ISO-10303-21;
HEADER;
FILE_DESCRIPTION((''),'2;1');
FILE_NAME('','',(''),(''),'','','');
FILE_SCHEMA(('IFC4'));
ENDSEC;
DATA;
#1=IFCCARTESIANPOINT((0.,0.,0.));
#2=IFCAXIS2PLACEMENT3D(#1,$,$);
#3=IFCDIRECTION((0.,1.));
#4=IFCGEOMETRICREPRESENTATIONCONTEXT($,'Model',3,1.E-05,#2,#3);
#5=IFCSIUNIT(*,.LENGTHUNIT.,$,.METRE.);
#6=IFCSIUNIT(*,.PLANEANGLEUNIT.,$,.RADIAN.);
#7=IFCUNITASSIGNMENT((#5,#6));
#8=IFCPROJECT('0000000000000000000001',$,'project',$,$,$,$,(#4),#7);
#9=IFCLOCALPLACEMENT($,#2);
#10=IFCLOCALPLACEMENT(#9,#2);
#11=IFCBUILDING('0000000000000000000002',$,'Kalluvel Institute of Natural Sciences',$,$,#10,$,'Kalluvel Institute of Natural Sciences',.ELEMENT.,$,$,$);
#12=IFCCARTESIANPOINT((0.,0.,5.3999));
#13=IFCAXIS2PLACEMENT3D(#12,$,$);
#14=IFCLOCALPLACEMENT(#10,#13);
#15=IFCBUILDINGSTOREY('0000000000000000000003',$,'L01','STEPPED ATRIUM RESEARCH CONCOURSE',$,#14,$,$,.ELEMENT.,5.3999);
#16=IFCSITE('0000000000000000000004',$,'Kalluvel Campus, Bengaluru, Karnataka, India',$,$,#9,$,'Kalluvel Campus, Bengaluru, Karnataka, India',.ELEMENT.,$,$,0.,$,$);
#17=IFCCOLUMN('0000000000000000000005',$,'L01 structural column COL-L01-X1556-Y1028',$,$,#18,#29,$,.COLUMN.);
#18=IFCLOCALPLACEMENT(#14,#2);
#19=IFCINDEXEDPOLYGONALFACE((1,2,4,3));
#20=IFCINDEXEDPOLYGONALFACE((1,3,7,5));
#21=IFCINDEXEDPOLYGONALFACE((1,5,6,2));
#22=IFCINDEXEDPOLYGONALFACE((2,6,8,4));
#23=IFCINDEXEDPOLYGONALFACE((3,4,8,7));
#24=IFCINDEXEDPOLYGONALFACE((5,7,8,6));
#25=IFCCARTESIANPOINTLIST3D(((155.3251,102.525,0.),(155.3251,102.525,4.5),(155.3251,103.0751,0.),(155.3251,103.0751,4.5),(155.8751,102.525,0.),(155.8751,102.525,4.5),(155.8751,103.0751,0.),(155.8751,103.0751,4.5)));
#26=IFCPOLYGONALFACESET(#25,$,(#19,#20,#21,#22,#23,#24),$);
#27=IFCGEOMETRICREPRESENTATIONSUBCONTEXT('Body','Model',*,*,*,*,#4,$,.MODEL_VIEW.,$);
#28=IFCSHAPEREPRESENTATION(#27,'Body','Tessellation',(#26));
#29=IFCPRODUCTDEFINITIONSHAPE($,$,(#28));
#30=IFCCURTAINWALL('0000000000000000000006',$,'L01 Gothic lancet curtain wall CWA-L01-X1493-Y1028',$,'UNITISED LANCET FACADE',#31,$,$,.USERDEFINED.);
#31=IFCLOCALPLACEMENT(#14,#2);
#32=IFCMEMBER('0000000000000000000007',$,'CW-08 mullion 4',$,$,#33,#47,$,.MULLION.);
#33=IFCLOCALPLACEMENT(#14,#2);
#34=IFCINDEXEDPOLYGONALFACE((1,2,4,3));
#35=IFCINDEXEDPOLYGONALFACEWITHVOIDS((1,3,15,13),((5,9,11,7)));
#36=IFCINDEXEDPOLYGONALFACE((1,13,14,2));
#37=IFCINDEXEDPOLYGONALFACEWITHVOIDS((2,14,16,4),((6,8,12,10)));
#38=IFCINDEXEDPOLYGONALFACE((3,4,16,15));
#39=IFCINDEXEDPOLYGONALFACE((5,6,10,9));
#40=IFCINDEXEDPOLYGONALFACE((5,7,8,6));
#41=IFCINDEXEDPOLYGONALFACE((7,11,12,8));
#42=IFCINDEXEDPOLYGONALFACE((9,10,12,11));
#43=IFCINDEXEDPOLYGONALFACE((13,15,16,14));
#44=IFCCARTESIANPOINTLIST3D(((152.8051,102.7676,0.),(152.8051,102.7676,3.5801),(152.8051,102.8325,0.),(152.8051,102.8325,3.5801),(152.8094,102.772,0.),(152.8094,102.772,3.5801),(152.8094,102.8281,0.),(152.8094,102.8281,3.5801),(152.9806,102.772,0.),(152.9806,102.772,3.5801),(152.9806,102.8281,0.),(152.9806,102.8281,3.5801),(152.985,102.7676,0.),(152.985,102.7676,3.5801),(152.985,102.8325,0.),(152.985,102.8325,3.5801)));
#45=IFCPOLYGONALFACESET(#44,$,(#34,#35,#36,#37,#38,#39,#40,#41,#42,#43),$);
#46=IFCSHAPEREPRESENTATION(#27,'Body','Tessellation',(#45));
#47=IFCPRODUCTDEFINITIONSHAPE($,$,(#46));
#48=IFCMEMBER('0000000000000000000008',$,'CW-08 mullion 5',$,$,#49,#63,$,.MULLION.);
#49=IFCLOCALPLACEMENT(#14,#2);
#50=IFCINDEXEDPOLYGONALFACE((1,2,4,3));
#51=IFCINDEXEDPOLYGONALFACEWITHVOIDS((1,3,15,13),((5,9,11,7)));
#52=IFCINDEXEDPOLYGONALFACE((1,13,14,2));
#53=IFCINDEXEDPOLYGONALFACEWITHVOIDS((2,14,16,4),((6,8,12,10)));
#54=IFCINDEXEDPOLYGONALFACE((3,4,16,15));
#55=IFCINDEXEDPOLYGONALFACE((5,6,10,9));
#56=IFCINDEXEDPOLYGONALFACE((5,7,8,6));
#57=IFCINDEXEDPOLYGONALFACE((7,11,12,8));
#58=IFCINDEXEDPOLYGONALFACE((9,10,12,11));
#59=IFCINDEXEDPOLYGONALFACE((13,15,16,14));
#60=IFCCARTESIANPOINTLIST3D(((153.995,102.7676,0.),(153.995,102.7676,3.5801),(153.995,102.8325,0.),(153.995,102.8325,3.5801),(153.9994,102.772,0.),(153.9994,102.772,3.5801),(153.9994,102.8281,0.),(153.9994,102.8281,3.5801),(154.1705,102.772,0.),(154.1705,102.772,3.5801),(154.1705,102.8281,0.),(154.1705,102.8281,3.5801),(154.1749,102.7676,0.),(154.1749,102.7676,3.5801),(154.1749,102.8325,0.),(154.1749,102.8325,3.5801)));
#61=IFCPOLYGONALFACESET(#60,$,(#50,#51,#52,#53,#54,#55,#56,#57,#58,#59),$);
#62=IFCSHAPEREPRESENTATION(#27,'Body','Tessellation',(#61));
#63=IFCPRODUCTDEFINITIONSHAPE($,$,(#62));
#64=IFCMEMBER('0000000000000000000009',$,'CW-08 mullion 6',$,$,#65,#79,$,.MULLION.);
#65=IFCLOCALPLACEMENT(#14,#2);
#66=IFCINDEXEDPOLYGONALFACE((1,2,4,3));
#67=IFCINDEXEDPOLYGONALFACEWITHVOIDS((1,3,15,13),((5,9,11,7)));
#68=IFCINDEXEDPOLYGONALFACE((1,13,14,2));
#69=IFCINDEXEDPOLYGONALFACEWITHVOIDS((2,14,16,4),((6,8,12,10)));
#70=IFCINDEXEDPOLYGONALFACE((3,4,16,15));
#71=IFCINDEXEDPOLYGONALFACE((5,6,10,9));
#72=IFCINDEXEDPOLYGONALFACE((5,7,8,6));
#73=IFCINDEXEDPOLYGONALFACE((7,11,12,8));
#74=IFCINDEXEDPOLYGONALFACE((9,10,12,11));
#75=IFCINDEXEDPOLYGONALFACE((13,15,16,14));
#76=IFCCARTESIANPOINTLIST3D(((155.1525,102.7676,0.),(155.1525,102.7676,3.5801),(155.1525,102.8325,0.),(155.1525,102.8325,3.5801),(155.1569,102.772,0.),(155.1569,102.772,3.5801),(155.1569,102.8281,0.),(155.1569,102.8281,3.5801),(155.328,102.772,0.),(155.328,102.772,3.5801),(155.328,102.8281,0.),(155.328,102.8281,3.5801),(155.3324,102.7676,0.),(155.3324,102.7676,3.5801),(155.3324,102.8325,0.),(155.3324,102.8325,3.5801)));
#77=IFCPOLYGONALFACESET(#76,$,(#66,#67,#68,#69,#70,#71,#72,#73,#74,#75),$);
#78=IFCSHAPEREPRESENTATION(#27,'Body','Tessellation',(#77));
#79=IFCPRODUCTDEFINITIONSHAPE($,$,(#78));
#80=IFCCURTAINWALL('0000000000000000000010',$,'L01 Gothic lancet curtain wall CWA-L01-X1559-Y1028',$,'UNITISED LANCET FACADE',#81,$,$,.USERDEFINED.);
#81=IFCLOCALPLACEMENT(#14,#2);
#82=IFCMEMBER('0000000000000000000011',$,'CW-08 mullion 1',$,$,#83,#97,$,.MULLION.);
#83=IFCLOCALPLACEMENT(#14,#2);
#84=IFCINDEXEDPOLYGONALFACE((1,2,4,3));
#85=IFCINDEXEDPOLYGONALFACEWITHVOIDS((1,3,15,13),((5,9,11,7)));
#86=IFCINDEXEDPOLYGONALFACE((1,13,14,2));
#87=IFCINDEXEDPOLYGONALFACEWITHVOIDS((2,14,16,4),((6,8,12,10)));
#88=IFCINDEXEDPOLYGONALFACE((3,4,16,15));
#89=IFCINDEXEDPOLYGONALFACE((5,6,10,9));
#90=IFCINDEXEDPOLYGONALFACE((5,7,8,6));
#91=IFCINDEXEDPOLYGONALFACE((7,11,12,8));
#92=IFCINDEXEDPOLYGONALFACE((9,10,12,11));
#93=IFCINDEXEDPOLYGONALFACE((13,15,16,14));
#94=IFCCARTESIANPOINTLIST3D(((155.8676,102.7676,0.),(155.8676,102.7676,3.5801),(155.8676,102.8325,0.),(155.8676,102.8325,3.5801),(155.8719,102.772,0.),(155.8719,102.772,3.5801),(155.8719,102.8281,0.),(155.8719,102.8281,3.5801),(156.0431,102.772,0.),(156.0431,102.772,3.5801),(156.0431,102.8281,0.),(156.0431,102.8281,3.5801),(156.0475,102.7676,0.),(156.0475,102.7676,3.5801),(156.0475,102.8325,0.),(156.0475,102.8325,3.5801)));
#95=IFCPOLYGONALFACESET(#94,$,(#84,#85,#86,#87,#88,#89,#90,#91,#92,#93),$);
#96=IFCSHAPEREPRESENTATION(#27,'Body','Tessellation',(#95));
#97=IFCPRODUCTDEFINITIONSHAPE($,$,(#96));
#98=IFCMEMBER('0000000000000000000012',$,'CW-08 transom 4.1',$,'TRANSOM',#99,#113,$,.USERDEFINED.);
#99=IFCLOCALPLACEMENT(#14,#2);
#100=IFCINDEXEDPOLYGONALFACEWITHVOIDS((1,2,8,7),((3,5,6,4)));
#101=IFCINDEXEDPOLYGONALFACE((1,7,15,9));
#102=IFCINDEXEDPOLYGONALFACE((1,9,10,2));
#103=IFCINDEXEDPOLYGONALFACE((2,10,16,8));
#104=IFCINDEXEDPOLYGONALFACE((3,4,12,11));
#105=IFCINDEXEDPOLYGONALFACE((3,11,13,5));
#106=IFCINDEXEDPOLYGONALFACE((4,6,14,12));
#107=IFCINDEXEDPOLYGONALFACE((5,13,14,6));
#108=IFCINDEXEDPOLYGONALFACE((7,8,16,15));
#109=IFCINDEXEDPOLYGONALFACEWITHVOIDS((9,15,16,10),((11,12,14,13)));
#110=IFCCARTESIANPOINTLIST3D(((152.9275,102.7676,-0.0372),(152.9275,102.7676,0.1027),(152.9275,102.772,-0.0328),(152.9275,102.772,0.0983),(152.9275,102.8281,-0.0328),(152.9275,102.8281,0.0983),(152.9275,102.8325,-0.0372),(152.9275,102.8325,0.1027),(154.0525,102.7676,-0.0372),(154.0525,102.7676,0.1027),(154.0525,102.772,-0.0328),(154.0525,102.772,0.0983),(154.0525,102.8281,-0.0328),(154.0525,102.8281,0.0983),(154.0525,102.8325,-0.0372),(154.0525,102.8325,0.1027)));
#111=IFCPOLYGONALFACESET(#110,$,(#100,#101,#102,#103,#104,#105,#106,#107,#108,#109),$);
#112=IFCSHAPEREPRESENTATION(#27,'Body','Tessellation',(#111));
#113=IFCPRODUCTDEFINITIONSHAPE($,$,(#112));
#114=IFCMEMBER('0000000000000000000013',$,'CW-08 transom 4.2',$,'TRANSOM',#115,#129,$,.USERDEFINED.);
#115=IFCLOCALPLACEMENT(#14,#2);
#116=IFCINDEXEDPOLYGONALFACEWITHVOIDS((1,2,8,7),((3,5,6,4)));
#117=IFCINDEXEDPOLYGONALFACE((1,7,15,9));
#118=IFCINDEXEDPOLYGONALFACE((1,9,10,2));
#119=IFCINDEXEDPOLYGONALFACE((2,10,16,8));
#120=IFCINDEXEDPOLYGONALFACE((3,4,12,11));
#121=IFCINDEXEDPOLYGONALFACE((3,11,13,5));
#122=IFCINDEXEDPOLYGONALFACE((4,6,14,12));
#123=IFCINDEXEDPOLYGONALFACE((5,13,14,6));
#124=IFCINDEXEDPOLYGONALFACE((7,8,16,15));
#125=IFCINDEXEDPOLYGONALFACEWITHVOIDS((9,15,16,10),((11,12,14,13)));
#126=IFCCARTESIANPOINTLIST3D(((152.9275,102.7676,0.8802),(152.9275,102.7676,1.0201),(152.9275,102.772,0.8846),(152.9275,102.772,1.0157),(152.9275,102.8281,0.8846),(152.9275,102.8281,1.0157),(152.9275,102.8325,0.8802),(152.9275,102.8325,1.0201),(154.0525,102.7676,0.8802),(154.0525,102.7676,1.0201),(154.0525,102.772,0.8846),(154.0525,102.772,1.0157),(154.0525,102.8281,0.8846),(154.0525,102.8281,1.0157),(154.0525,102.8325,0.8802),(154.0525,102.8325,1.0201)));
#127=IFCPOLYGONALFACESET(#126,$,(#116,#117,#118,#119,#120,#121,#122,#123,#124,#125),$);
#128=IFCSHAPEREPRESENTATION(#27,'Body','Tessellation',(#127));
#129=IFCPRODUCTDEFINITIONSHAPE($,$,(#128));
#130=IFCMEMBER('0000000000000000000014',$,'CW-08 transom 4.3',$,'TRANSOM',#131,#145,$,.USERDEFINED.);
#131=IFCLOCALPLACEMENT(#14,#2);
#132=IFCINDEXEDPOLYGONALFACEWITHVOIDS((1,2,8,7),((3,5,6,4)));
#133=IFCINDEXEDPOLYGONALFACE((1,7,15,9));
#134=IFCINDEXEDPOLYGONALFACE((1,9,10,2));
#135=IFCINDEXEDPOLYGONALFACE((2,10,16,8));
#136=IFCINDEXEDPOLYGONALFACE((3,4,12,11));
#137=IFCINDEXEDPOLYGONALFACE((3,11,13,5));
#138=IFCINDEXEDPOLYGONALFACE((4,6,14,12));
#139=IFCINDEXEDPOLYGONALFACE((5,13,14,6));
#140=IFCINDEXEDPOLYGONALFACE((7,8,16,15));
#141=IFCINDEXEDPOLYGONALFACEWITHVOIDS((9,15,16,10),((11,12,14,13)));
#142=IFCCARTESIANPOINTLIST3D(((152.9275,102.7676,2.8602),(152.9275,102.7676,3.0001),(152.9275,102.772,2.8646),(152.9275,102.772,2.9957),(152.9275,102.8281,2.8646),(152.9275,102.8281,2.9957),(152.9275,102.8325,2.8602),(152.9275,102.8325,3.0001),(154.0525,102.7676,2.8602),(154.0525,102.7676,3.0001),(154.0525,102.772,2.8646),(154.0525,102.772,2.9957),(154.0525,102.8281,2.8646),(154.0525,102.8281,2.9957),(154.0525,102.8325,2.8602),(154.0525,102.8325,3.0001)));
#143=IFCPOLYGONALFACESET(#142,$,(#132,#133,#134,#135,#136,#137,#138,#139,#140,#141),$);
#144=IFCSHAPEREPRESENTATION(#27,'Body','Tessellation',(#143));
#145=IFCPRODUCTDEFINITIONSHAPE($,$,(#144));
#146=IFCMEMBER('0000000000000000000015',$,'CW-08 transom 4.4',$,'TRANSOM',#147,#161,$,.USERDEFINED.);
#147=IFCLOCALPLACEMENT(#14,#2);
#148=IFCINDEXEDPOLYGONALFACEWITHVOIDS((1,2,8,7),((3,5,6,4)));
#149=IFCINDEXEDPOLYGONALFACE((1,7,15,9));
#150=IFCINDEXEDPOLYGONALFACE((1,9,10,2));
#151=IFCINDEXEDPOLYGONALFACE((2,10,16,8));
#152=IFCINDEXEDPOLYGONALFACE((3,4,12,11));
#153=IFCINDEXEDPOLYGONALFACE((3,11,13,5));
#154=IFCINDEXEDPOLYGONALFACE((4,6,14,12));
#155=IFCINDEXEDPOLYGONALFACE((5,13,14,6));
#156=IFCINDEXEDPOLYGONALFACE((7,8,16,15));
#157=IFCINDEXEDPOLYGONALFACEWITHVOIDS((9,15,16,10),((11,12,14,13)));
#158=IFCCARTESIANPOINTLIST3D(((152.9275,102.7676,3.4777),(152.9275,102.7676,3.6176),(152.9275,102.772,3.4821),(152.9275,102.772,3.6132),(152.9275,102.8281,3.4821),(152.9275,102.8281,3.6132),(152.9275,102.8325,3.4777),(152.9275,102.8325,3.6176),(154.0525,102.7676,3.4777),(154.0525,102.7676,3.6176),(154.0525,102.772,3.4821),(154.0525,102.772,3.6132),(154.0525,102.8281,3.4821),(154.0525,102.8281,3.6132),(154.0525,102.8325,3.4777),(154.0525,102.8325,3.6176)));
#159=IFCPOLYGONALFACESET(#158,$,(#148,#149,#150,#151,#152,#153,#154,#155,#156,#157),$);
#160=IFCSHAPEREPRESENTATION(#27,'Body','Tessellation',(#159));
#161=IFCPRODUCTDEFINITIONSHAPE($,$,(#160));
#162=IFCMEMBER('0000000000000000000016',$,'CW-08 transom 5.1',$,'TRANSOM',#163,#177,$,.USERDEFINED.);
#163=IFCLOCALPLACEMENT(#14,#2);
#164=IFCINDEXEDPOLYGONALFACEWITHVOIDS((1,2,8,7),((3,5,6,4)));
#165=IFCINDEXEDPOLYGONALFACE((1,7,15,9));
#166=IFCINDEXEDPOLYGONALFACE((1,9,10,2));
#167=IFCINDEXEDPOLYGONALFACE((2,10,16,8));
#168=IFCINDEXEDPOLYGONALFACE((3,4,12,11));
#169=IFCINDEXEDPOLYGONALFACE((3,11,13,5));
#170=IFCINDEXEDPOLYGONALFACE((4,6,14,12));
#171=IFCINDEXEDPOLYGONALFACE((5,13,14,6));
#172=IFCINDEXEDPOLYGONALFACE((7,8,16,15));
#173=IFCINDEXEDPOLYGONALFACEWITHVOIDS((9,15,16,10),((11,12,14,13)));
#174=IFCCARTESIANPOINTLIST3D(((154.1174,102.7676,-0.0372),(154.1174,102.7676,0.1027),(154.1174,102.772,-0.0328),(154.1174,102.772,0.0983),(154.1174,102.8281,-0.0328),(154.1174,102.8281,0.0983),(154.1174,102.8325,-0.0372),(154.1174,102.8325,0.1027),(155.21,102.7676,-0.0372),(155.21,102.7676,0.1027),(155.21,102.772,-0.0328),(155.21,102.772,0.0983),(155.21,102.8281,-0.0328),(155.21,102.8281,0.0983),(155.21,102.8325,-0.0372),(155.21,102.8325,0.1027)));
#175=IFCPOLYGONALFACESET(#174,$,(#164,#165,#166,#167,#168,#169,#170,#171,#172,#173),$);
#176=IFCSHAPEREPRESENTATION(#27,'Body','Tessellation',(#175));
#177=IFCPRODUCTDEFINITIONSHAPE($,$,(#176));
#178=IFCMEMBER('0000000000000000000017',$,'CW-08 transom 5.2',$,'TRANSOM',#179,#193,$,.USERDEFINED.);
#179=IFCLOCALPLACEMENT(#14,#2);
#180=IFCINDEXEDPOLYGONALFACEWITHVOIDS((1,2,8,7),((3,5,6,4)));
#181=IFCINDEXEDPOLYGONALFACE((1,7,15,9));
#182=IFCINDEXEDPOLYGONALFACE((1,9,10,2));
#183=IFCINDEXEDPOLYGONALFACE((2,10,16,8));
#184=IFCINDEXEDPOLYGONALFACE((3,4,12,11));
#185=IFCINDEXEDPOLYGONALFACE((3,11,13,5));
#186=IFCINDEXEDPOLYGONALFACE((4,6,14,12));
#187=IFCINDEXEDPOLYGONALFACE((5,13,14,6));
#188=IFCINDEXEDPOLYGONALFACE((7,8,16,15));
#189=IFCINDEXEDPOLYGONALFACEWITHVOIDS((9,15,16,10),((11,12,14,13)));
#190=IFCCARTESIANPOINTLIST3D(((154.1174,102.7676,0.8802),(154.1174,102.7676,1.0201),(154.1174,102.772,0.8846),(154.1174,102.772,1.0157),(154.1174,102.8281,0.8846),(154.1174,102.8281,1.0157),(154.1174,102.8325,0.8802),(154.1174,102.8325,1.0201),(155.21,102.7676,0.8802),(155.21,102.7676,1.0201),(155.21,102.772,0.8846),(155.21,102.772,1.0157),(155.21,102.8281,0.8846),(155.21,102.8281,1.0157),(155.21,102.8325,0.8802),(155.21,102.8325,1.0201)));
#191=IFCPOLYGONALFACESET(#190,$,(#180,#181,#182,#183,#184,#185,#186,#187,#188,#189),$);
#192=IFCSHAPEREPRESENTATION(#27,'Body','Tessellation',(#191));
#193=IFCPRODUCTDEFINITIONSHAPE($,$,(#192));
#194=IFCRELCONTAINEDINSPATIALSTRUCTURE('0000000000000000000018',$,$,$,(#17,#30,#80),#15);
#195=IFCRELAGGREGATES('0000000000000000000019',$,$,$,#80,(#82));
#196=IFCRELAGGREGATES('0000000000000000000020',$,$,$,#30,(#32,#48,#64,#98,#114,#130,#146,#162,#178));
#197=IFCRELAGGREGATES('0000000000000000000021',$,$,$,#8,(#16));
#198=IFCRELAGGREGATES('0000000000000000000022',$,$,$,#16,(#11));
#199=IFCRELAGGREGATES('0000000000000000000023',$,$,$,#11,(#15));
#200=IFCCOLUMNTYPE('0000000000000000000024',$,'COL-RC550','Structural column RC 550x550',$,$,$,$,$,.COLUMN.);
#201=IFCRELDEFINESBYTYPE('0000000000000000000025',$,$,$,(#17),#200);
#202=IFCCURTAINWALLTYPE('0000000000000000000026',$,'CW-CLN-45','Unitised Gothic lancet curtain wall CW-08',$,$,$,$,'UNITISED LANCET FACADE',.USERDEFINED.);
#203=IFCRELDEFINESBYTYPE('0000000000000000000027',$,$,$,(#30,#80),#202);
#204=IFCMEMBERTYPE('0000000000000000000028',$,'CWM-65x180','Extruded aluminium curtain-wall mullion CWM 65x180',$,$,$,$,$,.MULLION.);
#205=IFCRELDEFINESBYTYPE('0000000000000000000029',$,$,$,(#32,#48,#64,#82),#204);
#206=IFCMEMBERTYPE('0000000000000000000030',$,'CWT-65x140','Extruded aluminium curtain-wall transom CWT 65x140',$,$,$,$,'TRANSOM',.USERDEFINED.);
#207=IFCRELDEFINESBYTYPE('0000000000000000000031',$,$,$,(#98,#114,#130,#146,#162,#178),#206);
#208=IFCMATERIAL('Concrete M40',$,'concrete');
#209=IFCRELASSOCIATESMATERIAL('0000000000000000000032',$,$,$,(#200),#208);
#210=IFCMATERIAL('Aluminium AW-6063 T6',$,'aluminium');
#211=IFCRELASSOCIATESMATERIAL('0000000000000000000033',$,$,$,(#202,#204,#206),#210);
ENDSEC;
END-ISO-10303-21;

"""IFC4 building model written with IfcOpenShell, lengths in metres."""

from ifc_helpers import new_model, si_unit, direction, frame, origin, origin_2d, place, context, subcontext, project, spatial, rectangle, hollow_rectangle, extrude, material, material_profile, profile_set, type_object, element, aggregate, save


model = new_model("IFC4")

# Units and contexts
model_context = context("Model", 3, precision=1e-05, world=origin(), true_north=direction((0.0, 1.0)))
body_context = subcontext(model_context, "Body", "Model", "MODEL_VIEW")
ifc_project = project(units=[si_unit("LENGTHUNIT", "METRE"), si_unit("PLANEANGLEUNIT", "RADIAN")], contexts=[model_context])

# Site, building, storey
site_placement = place(None, origin())
site = spatial("IfcSite", under=ifc_project, at=site_placement, Name="Kalluvel Campus, Bengaluru, Karnataka, India", LongName="Kalluvel Campus, Bengaluru, Karnataka, India", CompositionType="ELEMENT", RefElevation=0.0)
building_placement = place(site_placement, origin())
building = spatial("IfcBuilding", under=site, at=building_placement, Name="Kalluvel Institute of Natural Sciences", LongName="Kalluvel Institute of Natural Sciences", CompositionType="ELEMENT")
storey_placement = place(building_placement, frame((0.0, 0.0, 5.3999)))
storey = spatial("IfcBuildingStorey", under=building, at=storey_placement, Name="L01", Description="STEPPED ATRIUM RESEARCH CONCOURSE", CompositionType="ELEMENT", Elevation=5.3999)

# Column
ifc_material_1 = material(Name="Concrete M40", Category="concrete")
ifc_material_profile_1 = material_profile(ifc_material_1, rectangle(XDim=0.55, YDim=0.55, at=origin_2d()), Name="RC 550x550")
ifc_profile_set_1 = profile_set([ifc_material_profile_1], Name="Concrete M40")
column_type = type_object("IfcColumnType", Name="COL-RC550", Description="Structural column RC 550x550", PredefinedType="COLUMN", material=ifc_profile_set_1)
column_placement = place(storey_placement, frame((155.6001, 102.8, 0.0), z_axis=(0.0, 0.0, 1.0), x_axis=(1.0, 0.0, 0.0)))
element("IfcColumn", 1, at=column_placement, inside=storey, type_object=column_type, Name="L01 structural column COL-L01-X1556-Y1028", PredefinedType="COLUMN", context=body_context, shape_type="SweptSolid", body=[
    extrude(rectangle(XDim=0.55, YDim=0.55, at=origin_2d()), origin(), (0.0, 0.0, 1.0), 4.5),
])

# Curtain wall, members
ifc_material_2 = material(Name="Aluminium AW-6063 T6", Category="aluminium")
curtain_wall_type = type_object("IfcCurtainWallType", Name="CW-CLN-45", Description="Unitised Gothic lancet curtain wall CW-08", ElementType="UNITISED LANCET FACADE", PredefinedType="USERDEFINED", material=ifc_material_2)
curtain_wall_1_placement = place(storey_placement, origin())
curtain_wall_1 = element("IfcCurtainWall", 2, at=curtain_wall_1_placement, inside=storey, type_object=curtain_wall_type, Name="L01 Gothic lancet curtain wall CWA-L01-X1493-Y1028", ObjectType="UNITISED LANCET FACADE", PredefinedType="USERDEFINED")
ifc_material_profile_2 = material_profile(ifc_material_2, hollow_rectangle(XDim=0.0649, YDim=0.1799, WallThickness=0.0044, at=origin_2d()), Name="CWM 65x180")
ifc_profile_set_2 = profile_set([ifc_material_profile_2], Name="Aluminium AW-6063 T6")
member_type_1 = type_object("IfcMemberType", Name="CWM-65x180", Description="Extruded aluminium curtain-wall mullion CWM 65x180", PredefinedType="MULLION", material=ifc_profile_set_2)
member_1_placement = place(storey_placement, frame((152.895, 102.8, 0.0), z_axis=(0.0, 0.0, 1.0), x_axis=(0.0, 1.0, 0.0)))
member_1 = element("IfcMember", 3, at=member_1_placement, type_object=member_type_1, Name="CW-08 mullion 4", PredefinedType="MULLION", context=body_context, shape_type="SweptSolid", body=[
    extrude(hollow_rectangle(XDim=0.0649, YDim=0.1799, WallThickness=0.0044, at=origin_2d()), origin(), (0.0, 0.0, 1.0), 3.5801),
])
member_2_placement = place(storey_placement, frame((154.085, 102.8, 0.0), z_axis=(0.0, 0.0, 1.0), x_axis=(0.0, 1.0, 0.0)))
member_2 = element("IfcMember", 4, at=member_2_placement, type_object=member_type_1, Name="CW-08 mullion 5", PredefinedType="MULLION", context=body_context, shape_type="SweptSolid", body=[
    extrude(hollow_rectangle(XDim=0.0649, YDim=0.1799, WallThickness=0.0044, at=origin_2d()), origin(), (0.0, 0.0, 1.0), 3.5801),
])
member_3_placement = place(storey_placement, frame((155.2424, 102.8, 0.0), z_axis=(0.0, 0.0, 1.0), x_axis=(0.0, 1.0, 0.0)))
member_3 = element("IfcMember", 5, at=member_3_placement, type_object=member_type_1, Name="CW-08 mullion 6", PredefinedType="MULLION", context=body_context, shape_type="SweptSolid", body=[
    extrude(hollow_rectangle(XDim=0.0649, YDim=0.1799, WallThickness=0.0044, at=origin_2d()), origin(), (0.0, 0.0, 1.0), 3.5801),
])

# Curtain wall, member
curtain_wall_2_placement = place(storey_placement, origin())
curtain_wall_2 = element("IfcCurtainWall", 6, at=curtain_wall_2_placement, inside=storey, type_object=curtain_wall_type, Name="L01 Gothic lancet curtain wall CWA-L01-X1559-Y1028", ObjectType="UNITISED LANCET FACADE", PredefinedType="USERDEFINED")
member_4_placement = place(storey_placement, frame((155.9575, 102.8, 0.0), z_axis=(0.0, 0.0, 1.0), x_axis=(0.0, 1.0, 0.0)))
member_4 = element("IfcMember", 7, at=member_4_placement, type_object=member_type_1, Name="CW-08 mullion 1", PredefinedType="MULLION", context=body_context, shape_type="SweptSolid", body=[
    extrude(hollow_rectangle(XDim=0.0649, YDim=0.1799, WallThickness=0.0044, at=origin_2d()), origin(), (0.0, 0.0, 1.0), 3.5801),
])

# Members
ifc_material_profile_3 = material_profile(ifc_material_2, hollow_rectangle(XDim=0.0649, YDim=0.1399, WallThickness=0.0044, at=origin_2d()), Name="CWT 65x140")
ifc_profile_set_3 = profile_set([ifc_material_profile_3], Name="Aluminium AW-6063 T6")
member_type_2 = type_object("IfcMemberType", Name="CWT-65x140", Description="Extruded aluminium curtain-wall transom CWT 65x140", ElementType="TRANSOM", PredefinedType="USERDEFINED", material=ifc_profile_set_3)
member_5_placement = place(storey_placement, frame((152.9275, 102.8, 0.0327), z_axis=(1.0, 0.0, 0.0), x_axis=(0.0, 1.0, 0.0)))
member_5 = element("IfcMember", 8, at=member_5_placement, type_object=member_type_2, Name="CW-08 transom 4.1", ObjectType="TRANSOM", PredefinedType="USERDEFINED", context=body_context, shape_type="SweptSolid", body=[
    extrude(hollow_rectangle(XDim=0.0649, YDim=0.1399, WallThickness=0.0044, at=origin_2d()), origin(), (0.0, 0.0, 1.0), 1.125),
])
member_6_placement = place(storey_placement, frame((152.9275, 102.8, 0.9502), z_axis=(1.0, 0.0, 0.0), x_axis=(0.0, 1.0, 0.0)))
member_6 = element("IfcMember", 9, at=member_6_placement, type_object=member_type_2, Name="CW-08 transom 4.2", ObjectType="TRANSOM", PredefinedType="USERDEFINED", context=body_context, shape_type="SweptSolid", body=[
    extrude(hollow_rectangle(XDim=0.0649, YDim=0.1399, WallThickness=0.0044, at=origin_2d()), origin(), (0.0, 0.0, 1.0), 1.125),
])
member_7_placement = place(storey_placement, frame((152.9275, 102.8, 2.9302), z_axis=(1.0, 0.0, 0.0), x_axis=(0.0, 1.0, 0.0)))
member_7 = element("IfcMember", 10, at=member_7_placement, type_object=member_type_2, Name="CW-08 transom 4.3", ObjectType="TRANSOM", PredefinedType="USERDEFINED", context=body_context, shape_type="SweptSolid", body=[
    extrude(hollow_rectangle(XDim=0.0649, YDim=0.1399, WallThickness=0.0044, at=origin_2d()), origin(), (0.0, 0.0, 1.0), 1.125),
])
member_8_placement = place(storey_placement, frame((152.9275, 102.8, 3.5476), z_axis=(1.0, 0.0, 0.0), x_axis=(0.0, 1.0, 0.0)))
member_8 = element("IfcMember", 11, at=member_8_placement, type_object=member_type_2, Name="CW-08 transom 4.4", ObjectType="TRANSOM", PredefinedType="USERDEFINED", context=body_context, shape_type="SweptSolid", body=[
    extrude(hollow_rectangle(XDim=0.0649, YDim=0.1399, WallThickness=0.0044, at=origin_2d()), origin(), (0.0, 0.0, 1.0), 1.125),
])
member_9_placement = place(storey_placement, frame((154.1174, 102.8, 0.0327), z_axis=(1.0, 0.0, 0.0), x_axis=(0.0, 1.0, 0.0)))
member_9 = element("IfcMember", 12, at=member_9_placement, type_object=member_type_2, Name="CW-08 transom 5.1", ObjectType="TRANSOM", PredefinedType="USERDEFINED", context=body_context, shape_type="SweptSolid", body=[
    extrude(hollow_rectangle(XDim=0.0649, YDim=0.1399, WallThickness=0.0044, at=origin_2d()), origin(), (0.0, 0.0, 1.0), 1.0925),
])
member_10_placement = place(storey_placement, frame((154.1174, 102.8, 0.9502), z_axis=(1.0, 0.0, 0.0), x_axis=(0.0, 1.0, 0.0)))
member_10 = element("IfcMember", 13, at=member_10_placement, type_object=member_type_2, Name="CW-08 transom 5.2", ObjectType="TRANSOM", PredefinedType="USERDEFINED", context=body_context, shape_type="SweptSolid", body=[
    extrude(hollow_rectangle(XDim=0.0649, YDim=0.1399, WallThickness=0.0044, at=origin_2d()), origin(), (0.0, 0.0, 1.0), 1.0925),
])
aggregate(curtain_wall_2, [member_4])

aggregate(curtain_wall_1, [member_1, member_2, member_3, member_5, member_6, member_7, member_8, member_9, member_10])

save(model, "model.ifc")
